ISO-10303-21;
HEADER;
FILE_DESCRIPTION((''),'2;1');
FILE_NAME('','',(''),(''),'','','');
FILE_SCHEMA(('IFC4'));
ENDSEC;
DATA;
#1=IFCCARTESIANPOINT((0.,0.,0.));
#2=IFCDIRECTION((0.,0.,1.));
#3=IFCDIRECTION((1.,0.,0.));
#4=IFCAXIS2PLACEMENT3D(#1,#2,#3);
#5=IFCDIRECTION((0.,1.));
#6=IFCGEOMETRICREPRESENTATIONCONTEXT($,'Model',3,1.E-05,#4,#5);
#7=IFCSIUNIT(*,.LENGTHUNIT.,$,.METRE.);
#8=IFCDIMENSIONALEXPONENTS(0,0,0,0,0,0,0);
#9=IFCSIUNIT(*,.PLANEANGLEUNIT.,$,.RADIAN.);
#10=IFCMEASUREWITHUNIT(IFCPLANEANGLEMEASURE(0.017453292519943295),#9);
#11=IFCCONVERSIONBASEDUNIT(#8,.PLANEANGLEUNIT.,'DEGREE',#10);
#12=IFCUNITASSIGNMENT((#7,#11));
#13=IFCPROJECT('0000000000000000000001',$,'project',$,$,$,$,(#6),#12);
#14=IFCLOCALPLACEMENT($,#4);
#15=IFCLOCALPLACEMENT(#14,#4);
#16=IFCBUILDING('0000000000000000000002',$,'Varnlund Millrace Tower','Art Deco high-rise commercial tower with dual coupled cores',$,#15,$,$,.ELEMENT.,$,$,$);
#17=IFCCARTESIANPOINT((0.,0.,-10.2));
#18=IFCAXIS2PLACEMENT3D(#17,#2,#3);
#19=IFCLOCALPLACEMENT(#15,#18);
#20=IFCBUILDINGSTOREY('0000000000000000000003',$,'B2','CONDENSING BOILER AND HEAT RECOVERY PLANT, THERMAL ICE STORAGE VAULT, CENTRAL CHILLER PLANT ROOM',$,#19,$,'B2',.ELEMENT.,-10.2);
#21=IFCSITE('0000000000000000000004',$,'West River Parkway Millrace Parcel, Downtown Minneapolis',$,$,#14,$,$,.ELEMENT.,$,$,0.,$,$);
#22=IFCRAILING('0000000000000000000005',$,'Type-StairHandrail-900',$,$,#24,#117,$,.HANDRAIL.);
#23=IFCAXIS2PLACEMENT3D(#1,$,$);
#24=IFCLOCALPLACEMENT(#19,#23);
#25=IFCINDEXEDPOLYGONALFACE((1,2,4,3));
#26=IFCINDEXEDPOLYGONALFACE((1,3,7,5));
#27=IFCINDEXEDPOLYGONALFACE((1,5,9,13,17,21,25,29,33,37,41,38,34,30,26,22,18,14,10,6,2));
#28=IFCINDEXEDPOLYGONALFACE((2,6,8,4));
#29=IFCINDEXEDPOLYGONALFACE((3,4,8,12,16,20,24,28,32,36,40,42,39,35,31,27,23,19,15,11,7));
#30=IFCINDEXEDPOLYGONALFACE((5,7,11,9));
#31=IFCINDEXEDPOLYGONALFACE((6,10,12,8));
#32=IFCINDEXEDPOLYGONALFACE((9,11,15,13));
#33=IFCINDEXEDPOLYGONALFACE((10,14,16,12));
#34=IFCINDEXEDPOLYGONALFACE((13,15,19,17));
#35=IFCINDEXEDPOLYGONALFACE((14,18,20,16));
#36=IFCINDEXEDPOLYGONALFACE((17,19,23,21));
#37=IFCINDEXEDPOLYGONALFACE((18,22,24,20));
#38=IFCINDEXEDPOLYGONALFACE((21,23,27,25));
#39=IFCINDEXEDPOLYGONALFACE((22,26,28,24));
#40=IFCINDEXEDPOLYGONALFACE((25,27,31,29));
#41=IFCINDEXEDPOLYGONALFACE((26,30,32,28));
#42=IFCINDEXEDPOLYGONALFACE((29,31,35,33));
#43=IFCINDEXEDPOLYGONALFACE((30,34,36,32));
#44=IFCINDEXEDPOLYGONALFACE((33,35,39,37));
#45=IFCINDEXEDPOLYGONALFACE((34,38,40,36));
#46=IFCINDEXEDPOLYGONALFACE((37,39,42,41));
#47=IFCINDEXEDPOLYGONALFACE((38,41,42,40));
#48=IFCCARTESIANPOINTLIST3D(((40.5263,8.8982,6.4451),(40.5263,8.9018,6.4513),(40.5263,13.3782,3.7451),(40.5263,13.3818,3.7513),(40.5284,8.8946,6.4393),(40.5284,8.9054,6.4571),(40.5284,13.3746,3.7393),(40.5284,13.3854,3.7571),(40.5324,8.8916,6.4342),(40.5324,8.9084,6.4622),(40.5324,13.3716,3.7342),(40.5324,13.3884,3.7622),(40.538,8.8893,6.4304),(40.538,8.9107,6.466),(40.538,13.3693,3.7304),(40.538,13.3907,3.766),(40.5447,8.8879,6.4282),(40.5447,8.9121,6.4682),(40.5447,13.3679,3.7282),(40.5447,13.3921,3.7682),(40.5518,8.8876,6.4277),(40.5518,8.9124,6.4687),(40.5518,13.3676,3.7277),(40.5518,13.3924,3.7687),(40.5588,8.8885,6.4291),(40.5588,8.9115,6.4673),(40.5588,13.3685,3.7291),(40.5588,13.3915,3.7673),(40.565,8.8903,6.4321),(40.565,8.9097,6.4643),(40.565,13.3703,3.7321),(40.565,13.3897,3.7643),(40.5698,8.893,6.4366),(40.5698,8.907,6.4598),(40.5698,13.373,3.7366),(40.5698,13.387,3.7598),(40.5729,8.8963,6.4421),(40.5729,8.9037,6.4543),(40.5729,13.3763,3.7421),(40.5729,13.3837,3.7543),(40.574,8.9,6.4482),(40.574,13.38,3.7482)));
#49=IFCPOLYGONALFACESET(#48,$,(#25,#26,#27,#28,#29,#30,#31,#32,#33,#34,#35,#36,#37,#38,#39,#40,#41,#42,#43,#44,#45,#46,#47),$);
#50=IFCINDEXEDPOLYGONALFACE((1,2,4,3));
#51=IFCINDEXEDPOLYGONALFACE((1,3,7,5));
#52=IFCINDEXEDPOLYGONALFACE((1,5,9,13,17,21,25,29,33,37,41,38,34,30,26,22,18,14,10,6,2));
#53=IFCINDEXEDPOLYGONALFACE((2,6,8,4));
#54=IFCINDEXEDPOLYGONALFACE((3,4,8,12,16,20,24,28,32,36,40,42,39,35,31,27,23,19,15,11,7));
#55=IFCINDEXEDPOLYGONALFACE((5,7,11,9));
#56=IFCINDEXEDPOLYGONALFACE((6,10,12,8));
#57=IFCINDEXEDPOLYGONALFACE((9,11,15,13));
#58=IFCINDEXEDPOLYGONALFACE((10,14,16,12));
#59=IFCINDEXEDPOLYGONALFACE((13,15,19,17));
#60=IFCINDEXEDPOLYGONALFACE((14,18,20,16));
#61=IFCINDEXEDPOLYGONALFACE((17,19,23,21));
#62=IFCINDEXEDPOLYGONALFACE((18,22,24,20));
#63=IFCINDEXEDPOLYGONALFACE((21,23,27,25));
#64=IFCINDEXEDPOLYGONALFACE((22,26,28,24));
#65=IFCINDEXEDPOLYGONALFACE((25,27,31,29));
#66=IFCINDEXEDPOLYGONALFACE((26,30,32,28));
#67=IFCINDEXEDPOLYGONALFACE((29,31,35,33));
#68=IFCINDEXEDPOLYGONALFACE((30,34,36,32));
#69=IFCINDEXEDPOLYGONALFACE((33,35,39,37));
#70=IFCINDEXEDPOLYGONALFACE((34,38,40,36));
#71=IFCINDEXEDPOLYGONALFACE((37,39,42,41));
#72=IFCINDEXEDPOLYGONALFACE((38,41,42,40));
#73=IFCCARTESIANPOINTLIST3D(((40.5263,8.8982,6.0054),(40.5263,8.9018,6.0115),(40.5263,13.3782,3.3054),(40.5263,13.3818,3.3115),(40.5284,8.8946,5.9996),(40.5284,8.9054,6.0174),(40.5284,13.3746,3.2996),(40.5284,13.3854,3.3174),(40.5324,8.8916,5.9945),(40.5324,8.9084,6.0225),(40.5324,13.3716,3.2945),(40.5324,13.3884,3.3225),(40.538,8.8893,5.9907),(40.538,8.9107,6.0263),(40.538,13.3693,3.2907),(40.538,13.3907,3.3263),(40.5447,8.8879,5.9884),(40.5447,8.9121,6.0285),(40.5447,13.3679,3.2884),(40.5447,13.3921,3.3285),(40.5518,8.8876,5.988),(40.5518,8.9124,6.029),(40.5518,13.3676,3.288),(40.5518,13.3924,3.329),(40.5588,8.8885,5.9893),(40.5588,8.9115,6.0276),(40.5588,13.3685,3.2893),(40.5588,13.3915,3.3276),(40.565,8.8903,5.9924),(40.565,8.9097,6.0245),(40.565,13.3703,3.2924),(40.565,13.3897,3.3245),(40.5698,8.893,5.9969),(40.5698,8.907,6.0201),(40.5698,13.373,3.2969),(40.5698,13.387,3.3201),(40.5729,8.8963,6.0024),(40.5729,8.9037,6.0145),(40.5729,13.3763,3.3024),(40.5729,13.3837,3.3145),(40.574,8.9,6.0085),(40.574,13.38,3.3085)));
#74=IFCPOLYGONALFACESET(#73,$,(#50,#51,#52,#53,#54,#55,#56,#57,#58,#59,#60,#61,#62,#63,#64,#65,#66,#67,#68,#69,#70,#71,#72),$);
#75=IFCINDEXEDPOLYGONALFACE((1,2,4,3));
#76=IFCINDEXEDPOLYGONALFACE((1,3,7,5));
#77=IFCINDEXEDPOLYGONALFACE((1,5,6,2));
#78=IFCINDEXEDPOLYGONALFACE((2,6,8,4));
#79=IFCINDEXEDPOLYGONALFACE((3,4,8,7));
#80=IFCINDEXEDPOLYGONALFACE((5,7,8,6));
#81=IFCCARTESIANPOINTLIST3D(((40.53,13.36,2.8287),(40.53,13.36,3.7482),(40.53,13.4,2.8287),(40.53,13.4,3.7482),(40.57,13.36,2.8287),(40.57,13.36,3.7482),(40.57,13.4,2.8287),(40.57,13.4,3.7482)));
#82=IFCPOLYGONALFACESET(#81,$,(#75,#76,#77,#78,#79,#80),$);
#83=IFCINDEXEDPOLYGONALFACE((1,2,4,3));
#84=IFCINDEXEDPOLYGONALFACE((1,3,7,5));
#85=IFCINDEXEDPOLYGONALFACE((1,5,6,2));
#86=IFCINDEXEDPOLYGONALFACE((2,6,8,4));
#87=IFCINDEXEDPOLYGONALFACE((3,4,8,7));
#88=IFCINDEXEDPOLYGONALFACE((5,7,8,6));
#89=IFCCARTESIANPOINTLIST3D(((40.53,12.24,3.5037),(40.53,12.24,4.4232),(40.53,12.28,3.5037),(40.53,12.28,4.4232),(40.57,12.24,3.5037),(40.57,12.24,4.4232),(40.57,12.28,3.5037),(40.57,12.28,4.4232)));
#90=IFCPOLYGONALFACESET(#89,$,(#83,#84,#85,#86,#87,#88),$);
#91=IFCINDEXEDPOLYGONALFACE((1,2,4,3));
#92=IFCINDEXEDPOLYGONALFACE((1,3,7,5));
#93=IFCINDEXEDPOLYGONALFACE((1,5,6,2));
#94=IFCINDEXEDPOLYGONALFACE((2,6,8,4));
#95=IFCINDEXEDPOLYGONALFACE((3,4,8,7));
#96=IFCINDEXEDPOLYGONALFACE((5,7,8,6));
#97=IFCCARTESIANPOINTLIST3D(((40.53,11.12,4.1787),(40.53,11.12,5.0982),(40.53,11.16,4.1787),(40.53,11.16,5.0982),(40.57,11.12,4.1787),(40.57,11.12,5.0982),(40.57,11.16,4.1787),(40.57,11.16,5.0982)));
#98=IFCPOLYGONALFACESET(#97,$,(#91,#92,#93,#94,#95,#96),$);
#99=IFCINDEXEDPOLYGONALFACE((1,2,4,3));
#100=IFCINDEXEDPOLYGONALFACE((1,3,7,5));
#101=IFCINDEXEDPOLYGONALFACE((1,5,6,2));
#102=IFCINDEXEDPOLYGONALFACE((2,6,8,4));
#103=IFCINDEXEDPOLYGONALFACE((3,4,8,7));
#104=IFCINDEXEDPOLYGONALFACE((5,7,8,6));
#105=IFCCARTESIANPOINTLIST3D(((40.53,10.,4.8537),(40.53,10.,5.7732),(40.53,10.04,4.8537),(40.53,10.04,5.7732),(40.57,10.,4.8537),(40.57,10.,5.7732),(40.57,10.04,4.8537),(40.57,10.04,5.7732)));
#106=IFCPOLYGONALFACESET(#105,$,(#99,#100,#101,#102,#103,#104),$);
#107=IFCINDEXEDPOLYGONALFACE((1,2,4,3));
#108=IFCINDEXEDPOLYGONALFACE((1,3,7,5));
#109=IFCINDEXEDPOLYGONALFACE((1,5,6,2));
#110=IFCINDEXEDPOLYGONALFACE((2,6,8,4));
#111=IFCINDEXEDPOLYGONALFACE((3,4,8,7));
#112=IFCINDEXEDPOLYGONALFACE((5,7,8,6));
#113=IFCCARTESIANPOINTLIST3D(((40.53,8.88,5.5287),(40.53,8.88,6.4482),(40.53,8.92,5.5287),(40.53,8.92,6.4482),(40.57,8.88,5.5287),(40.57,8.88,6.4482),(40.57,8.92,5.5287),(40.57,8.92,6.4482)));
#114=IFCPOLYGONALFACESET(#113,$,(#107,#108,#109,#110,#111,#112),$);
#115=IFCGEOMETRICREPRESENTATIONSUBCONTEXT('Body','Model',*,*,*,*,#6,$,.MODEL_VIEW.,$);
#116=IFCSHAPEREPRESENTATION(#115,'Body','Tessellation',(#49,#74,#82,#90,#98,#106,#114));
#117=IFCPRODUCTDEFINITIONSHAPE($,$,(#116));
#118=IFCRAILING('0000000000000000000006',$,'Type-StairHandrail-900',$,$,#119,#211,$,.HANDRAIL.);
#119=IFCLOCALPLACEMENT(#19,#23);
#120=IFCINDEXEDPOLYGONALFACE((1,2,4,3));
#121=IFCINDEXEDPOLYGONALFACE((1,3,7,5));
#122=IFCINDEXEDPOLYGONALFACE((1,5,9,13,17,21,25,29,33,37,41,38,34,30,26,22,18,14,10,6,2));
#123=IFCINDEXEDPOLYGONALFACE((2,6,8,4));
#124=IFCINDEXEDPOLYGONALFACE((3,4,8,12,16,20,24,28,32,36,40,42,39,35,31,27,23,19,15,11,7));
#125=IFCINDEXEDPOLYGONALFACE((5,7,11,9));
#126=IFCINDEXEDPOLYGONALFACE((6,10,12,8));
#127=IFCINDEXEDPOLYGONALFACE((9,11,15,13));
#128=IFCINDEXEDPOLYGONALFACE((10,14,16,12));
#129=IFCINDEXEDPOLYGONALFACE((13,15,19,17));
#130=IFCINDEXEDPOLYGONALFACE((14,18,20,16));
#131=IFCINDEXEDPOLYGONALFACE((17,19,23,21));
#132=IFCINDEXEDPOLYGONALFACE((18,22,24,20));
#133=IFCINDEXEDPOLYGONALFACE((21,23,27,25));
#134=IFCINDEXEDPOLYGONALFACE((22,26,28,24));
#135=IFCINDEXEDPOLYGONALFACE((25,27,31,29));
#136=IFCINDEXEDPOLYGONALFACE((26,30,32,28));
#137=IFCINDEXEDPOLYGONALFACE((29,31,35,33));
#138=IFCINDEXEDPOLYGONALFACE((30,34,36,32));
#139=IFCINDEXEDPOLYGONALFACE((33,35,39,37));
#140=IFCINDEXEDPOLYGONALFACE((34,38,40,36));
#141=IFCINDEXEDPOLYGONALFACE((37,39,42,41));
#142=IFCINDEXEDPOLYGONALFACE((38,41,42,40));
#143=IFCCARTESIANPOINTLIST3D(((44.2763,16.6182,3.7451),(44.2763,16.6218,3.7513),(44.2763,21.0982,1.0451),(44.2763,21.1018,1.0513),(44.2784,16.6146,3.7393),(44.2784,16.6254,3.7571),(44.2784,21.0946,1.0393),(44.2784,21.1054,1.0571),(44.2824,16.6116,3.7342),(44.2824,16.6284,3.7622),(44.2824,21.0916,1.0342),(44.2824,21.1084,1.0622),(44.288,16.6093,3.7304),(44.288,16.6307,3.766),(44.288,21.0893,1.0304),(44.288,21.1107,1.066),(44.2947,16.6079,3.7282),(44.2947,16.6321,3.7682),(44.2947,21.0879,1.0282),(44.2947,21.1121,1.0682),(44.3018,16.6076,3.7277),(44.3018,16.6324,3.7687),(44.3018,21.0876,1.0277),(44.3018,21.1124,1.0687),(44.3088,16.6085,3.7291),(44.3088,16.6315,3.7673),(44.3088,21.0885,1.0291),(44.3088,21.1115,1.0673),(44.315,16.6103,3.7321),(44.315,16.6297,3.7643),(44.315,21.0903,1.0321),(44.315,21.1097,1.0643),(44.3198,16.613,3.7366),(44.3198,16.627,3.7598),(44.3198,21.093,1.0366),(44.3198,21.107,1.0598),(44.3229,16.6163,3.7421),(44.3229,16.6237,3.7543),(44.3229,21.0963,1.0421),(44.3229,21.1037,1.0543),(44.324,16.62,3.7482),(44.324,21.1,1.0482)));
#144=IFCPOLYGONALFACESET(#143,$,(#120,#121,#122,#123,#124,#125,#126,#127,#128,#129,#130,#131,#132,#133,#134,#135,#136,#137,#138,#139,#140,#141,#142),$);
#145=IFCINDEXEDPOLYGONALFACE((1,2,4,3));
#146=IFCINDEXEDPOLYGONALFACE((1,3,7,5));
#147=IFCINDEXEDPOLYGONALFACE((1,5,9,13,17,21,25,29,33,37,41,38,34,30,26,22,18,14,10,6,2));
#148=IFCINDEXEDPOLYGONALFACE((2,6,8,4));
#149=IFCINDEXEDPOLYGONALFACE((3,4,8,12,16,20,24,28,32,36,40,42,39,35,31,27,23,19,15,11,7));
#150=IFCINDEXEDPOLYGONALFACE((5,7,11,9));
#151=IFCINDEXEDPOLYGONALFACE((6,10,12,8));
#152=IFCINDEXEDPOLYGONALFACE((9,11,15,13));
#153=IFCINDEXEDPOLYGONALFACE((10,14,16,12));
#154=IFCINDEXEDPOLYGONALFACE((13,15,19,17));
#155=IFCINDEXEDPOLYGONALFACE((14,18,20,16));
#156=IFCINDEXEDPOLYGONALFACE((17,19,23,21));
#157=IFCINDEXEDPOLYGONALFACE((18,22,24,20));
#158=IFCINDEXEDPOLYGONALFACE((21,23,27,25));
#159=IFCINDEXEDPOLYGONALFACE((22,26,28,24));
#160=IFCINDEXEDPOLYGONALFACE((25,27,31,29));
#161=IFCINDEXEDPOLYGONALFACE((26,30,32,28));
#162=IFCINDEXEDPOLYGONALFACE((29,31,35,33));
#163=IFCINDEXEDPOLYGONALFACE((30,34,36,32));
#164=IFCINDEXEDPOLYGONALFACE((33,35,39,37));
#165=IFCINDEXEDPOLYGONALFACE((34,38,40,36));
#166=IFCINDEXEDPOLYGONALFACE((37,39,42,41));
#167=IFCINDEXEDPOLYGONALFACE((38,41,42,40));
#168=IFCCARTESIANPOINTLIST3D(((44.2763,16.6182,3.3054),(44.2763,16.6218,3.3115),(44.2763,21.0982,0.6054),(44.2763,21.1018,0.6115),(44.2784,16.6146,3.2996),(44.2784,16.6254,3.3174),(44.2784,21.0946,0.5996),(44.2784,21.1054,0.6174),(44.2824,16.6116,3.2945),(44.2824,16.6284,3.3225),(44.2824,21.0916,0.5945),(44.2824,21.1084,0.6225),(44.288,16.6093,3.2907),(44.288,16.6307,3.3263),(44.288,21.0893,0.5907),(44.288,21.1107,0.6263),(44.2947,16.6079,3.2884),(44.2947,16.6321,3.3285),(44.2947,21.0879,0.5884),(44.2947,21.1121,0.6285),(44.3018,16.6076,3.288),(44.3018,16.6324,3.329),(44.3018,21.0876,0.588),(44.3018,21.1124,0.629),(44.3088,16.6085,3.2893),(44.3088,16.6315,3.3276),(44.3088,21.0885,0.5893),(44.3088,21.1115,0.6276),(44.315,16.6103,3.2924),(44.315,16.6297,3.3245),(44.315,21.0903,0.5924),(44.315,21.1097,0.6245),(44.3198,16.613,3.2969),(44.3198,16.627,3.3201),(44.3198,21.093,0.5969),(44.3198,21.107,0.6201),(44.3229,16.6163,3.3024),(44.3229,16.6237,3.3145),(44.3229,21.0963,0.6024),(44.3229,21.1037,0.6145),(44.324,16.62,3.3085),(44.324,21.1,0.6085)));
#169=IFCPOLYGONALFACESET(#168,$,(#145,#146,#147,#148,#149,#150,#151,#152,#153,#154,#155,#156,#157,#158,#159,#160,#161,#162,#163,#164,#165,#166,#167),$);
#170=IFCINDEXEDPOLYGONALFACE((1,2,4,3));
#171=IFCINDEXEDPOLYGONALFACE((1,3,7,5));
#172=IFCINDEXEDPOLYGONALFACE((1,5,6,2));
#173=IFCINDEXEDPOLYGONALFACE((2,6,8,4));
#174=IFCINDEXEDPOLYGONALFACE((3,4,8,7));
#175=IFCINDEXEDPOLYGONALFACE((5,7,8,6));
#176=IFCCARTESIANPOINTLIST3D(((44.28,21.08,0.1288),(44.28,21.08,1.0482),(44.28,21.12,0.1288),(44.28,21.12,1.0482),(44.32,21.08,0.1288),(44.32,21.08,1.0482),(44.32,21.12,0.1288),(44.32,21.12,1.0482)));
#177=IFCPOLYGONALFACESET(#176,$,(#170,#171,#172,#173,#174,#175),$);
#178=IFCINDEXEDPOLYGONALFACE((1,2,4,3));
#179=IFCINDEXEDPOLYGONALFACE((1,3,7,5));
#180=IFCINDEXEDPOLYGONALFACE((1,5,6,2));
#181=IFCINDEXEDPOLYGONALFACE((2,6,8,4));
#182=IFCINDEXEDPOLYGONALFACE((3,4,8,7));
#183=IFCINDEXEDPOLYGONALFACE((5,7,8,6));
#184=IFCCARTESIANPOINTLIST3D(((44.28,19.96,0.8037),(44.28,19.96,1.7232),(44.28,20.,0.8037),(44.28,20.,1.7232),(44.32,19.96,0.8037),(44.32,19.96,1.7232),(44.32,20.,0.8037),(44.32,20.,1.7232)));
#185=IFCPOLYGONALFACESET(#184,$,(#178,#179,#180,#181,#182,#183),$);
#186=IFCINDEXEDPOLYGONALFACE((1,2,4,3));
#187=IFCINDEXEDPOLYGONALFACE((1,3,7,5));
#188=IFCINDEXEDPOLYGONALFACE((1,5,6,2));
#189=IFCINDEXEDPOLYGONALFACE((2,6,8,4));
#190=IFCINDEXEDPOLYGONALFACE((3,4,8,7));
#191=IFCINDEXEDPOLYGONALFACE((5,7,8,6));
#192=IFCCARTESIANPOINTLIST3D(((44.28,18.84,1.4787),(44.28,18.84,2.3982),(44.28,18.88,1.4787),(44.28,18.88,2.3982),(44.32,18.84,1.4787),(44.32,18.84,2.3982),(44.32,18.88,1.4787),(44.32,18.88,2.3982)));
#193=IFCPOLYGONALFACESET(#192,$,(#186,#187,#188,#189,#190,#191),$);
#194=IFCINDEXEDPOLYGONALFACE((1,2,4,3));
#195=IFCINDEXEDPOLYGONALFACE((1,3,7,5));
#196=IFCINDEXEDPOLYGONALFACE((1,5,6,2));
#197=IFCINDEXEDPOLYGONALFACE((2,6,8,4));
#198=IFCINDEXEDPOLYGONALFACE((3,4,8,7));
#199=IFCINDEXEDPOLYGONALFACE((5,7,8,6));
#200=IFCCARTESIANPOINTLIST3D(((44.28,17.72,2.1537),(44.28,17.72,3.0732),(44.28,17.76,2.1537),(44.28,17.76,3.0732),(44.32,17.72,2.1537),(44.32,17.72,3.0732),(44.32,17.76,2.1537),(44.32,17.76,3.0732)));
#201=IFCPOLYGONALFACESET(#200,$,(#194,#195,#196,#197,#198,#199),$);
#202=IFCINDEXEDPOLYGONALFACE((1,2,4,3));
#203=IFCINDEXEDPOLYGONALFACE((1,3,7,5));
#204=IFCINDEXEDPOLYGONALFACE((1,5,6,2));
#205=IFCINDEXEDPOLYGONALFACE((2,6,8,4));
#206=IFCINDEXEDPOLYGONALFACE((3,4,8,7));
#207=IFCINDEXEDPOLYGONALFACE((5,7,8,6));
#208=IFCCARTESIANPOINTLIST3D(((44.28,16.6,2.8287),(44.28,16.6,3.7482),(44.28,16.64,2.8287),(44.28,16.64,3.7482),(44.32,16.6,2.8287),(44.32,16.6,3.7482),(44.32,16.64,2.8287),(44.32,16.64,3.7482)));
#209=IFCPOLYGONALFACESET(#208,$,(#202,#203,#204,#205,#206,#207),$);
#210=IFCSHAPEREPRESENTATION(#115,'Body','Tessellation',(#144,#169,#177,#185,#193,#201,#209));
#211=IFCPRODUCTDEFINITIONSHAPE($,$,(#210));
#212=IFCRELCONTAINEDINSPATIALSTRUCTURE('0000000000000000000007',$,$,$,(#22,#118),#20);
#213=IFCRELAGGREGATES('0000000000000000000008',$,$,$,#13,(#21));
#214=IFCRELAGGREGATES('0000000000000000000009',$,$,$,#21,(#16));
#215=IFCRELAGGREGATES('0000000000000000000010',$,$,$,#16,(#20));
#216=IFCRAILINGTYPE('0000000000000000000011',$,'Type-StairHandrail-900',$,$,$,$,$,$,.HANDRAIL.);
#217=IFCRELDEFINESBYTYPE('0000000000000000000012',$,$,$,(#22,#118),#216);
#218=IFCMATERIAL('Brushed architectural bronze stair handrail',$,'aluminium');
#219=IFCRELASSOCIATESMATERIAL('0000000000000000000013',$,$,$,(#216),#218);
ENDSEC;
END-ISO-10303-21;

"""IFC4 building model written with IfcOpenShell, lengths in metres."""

from ifc_helpers import new_model, entity, si_unit, converted_unit, direction, frame, origin_with_axes, origin_2d_with_axis, place, context, subcontext, project, spatial, rectangle, circle, extrude, material, type_object, element, save


model = new_model("IFC4")

# Units and contexts
model_context = context("Model", 3, precision=1e-05, world=origin_with_axes(), true_north=direction((0.0, 1.0)))
body_context = subcontext(model_context, "Body", "Model", "MODEL_VIEW")
ifc_project = project(units=[si_unit("LENGTHUNIT", "METRE"), converted_unit("PLANEANGLEUNIT", "DEGREE", entity("IfcPlaneAngleMeasure", 0.017453292519943295), si_unit("PLANEANGLEUNIT", "RADIAN"), dimensions=[0, 0, 0, 0, 0, 0, 0])], contexts=[model_context])

# Site, building, storey
site_placement = place(None, origin_with_axes())
site = spatial("IfcSite", under=ifc_project, at=site_placement, Name="West River Parkway Millrace Parcel, Downtown Minneapolis", CompositionType="ELEMENT", RefElevation=0.0)
building_placement = place(site_placement, origin_with_axes())
building = spatial("IfcBuilding", under=site, at=building_placement, Name="Varnlund Millrace Tower", Description="Art Deco high-rise commercial tower with dual coupled cores", CompositionType="ELEMENT")
storey_placement = place(building_placement, frame((0.0, 0.0, -10.2), z_axis=(0.0, 0.0, 1.0), x_axis=(1.0, 0.0, 0.0)))
storey = spatial("IfcBuildingStorey", under=building, at=storey_placement, Name="B2", Description="CONDENSING BOILER AND HEAT RECOVERY PLANT, THERMAL ICE STORAGE VAULT, CENTRAL CHILLER PLANT ROOM", LongName="B2", CompositionType="ELEMENT", Elevation=-10.2)

# Railings
ifc_material_1 = material(Name="Brushed architectural bronze stair handrail", Category="aluminium")
railing_type_1 = type_object("IfcRailingType", Name="Type-StairHandrail-900", PredefinedType="HANDRAIL", material=ifc_material_1)
railing_1_placement = place(storey_placement, frame((0.0, 0.0, 10.2), z_axis=(0.0, 0.0, 1.0), x_axis=(1.0, 0.0, 0.0)))
element("IfcRailing", 1, at=railing_1_placement, inside=storey, type_object=railing_type_1, Name="Type-StairHandrail-900", PredefinedType="HANDRAIL", context=body_context, shape_type="SweptSolid", body=[
    extrude(circle(Radius=0.024, at=origin_2d_with_axis()), frame((40.55, 13.38, -6.4518), z_axis=(0.0, -0.856479, 0.516182), x_axis=(1.0, 0.0, 0.0)), (0.0, 0.0, 1.0), 5.2307),
    extrude(circle(Radius=0.024, at=origin_2d_with_axis()), frame((40.55, 13.38, -6.8915), z_axis=(0.0, -0.856479, 0.516182), x_axis=(1.0, 0.0, 0.0)), (0.0, 0.0, 1.0), 5.2307),
    extrude(rectangle(XDim=0.04, YDim=0.04, at=origin_2d_with_axis()), frame((40.55, 13.38, -7.3712), z_axis=(0.0, 0.0, 1.0), x_axis=(1.0, 0.0, 0.0)), (0.0, 0.0, 1.0), 0.9194),
    extrude(rectangle(XDim=0.04, YDim=0.04, at=origin_2d_with_axis()), frame((40.55, 12.26, -6.6963), z_axis=(0.0, 0.0, 1.0), x_axis=(1.0, 0.0, 0.0)), (0.0, 0.0, 1.0), 0.9194),
    extrude(rectangle(XDim=0.04, YDim=0.04, at=origin_2d_with_axis()), frame((40.55, 11.14, -6.0213), z_axis=(0.0, 0.0, 1.0), x_axis=(1.0, 0.0, 0.0)), (0.0, 0.0, 1.0), 0.9194),
    extrude(rectangle(XDim=0.04, YDim=0.04, at=origin_2d_with_axis()), frame((40.55, 10.02, -5.3463), z_axis=(0.0, 0.0, 1.0), x_axis=(1.0, 0.0, 0.0)), (0.0, 0.0, 1.0), 0.9194),
    extrude(rectangle(XDim=0.04, YDim=0.04, at=origin_2d_with_axis()), frame((40.55, 8.9, -4.6712), z_axis=(0.0, 0.0, 1.0), x_axis=(1.0, 0.0, 0.0)), (0.0, 0.0, 1.0), 0.9194),
])
railing_2_placement = place(storey_placement, frame((0.0, 0.0, 10.2), z_axis=(0.0, 0.0, 1.0), x_axis=(1.0, 0.0, 0.0)))
element("IfcRailing", 2, at=railing_2_placement, inside=storey, type_object=railing_type_1, Name="Type-StairHandrail-900", PredefinedType="HANDRAIL", context=body_context, shape_type="SweptSolid", body=[
    extrude(circle(Radius=0.024, at=origin_2d_with_axis()), frame((44.3, 21.1, -9.1518), z_axis=(0.0, -0.856479, 0.516182), x_axis=(1.0, 0.0, 0.0)), (0.0, 0.0, 1.0), 5.2307),
    extrude(circle(Radius=0.024, at=origin_2d_with_axis()), frame((44.3, 21.1, -9.5915), z_axis=(0.0, -0.856479, 0.516182), x_axis=(1.0, 0.0, 0.0)), (0.0, 0.0, 1.0), 5.2307),
    extrude(rectangle(XDim=0.04, YDim=0.04, at=origin_2d_with_axis()), frame((44.3, 21.1, -10.0712), z_axis=(0.0, 0.0, 1.0), x_axis=(1.0, 0.0, 0.0)), (0.0, 0.0, 1.0), 0.9194),
    extrude(rectangle(XDim=0.04, YDim=0.04, at=origin_2d_with_axis()), frame((44.3, 19.98, -9.3963), z_axis=(0.0, 0.0, 1.0), x_axis=(1.0, 0.0, 0.0)), (0.0, 0.0, 1.0), 0.9194),
    extrude(rectangle(XDim=0.04, YDim=0.04, at=origin_2d_with_axis()), frame((44.3, 18.86, -8.7212), z_axis=(0.0, 0.0, 1.0), x_axis=(1.0, 0.0, 0.0)), (0.0, 0.0, 1.0), 0.9194),
    extrude(rectangle(XDim=0.04, YDim=0.04, at=origin_2d_with_axis()), frame((44.3, 17.74, -8.0463), z_axis=(0.0, 0.0, 1.0), x_axis=(1.0, 0.0, 0.0)), (0.0, 0.0, 1.0), 0.9194),
    extrude(rectangle(XDim=0.04, YDim=0.04, at=origin_2d_with_axis()), frame((44.3, 16.62, -7.3712), z_axis=(0.0, 0.0, 1.0), x_axis=(1.0, 0.0, 0.0)), (0.0, 0.0, 1.0), 0.9194),
])

save(model, "model.ifc")
